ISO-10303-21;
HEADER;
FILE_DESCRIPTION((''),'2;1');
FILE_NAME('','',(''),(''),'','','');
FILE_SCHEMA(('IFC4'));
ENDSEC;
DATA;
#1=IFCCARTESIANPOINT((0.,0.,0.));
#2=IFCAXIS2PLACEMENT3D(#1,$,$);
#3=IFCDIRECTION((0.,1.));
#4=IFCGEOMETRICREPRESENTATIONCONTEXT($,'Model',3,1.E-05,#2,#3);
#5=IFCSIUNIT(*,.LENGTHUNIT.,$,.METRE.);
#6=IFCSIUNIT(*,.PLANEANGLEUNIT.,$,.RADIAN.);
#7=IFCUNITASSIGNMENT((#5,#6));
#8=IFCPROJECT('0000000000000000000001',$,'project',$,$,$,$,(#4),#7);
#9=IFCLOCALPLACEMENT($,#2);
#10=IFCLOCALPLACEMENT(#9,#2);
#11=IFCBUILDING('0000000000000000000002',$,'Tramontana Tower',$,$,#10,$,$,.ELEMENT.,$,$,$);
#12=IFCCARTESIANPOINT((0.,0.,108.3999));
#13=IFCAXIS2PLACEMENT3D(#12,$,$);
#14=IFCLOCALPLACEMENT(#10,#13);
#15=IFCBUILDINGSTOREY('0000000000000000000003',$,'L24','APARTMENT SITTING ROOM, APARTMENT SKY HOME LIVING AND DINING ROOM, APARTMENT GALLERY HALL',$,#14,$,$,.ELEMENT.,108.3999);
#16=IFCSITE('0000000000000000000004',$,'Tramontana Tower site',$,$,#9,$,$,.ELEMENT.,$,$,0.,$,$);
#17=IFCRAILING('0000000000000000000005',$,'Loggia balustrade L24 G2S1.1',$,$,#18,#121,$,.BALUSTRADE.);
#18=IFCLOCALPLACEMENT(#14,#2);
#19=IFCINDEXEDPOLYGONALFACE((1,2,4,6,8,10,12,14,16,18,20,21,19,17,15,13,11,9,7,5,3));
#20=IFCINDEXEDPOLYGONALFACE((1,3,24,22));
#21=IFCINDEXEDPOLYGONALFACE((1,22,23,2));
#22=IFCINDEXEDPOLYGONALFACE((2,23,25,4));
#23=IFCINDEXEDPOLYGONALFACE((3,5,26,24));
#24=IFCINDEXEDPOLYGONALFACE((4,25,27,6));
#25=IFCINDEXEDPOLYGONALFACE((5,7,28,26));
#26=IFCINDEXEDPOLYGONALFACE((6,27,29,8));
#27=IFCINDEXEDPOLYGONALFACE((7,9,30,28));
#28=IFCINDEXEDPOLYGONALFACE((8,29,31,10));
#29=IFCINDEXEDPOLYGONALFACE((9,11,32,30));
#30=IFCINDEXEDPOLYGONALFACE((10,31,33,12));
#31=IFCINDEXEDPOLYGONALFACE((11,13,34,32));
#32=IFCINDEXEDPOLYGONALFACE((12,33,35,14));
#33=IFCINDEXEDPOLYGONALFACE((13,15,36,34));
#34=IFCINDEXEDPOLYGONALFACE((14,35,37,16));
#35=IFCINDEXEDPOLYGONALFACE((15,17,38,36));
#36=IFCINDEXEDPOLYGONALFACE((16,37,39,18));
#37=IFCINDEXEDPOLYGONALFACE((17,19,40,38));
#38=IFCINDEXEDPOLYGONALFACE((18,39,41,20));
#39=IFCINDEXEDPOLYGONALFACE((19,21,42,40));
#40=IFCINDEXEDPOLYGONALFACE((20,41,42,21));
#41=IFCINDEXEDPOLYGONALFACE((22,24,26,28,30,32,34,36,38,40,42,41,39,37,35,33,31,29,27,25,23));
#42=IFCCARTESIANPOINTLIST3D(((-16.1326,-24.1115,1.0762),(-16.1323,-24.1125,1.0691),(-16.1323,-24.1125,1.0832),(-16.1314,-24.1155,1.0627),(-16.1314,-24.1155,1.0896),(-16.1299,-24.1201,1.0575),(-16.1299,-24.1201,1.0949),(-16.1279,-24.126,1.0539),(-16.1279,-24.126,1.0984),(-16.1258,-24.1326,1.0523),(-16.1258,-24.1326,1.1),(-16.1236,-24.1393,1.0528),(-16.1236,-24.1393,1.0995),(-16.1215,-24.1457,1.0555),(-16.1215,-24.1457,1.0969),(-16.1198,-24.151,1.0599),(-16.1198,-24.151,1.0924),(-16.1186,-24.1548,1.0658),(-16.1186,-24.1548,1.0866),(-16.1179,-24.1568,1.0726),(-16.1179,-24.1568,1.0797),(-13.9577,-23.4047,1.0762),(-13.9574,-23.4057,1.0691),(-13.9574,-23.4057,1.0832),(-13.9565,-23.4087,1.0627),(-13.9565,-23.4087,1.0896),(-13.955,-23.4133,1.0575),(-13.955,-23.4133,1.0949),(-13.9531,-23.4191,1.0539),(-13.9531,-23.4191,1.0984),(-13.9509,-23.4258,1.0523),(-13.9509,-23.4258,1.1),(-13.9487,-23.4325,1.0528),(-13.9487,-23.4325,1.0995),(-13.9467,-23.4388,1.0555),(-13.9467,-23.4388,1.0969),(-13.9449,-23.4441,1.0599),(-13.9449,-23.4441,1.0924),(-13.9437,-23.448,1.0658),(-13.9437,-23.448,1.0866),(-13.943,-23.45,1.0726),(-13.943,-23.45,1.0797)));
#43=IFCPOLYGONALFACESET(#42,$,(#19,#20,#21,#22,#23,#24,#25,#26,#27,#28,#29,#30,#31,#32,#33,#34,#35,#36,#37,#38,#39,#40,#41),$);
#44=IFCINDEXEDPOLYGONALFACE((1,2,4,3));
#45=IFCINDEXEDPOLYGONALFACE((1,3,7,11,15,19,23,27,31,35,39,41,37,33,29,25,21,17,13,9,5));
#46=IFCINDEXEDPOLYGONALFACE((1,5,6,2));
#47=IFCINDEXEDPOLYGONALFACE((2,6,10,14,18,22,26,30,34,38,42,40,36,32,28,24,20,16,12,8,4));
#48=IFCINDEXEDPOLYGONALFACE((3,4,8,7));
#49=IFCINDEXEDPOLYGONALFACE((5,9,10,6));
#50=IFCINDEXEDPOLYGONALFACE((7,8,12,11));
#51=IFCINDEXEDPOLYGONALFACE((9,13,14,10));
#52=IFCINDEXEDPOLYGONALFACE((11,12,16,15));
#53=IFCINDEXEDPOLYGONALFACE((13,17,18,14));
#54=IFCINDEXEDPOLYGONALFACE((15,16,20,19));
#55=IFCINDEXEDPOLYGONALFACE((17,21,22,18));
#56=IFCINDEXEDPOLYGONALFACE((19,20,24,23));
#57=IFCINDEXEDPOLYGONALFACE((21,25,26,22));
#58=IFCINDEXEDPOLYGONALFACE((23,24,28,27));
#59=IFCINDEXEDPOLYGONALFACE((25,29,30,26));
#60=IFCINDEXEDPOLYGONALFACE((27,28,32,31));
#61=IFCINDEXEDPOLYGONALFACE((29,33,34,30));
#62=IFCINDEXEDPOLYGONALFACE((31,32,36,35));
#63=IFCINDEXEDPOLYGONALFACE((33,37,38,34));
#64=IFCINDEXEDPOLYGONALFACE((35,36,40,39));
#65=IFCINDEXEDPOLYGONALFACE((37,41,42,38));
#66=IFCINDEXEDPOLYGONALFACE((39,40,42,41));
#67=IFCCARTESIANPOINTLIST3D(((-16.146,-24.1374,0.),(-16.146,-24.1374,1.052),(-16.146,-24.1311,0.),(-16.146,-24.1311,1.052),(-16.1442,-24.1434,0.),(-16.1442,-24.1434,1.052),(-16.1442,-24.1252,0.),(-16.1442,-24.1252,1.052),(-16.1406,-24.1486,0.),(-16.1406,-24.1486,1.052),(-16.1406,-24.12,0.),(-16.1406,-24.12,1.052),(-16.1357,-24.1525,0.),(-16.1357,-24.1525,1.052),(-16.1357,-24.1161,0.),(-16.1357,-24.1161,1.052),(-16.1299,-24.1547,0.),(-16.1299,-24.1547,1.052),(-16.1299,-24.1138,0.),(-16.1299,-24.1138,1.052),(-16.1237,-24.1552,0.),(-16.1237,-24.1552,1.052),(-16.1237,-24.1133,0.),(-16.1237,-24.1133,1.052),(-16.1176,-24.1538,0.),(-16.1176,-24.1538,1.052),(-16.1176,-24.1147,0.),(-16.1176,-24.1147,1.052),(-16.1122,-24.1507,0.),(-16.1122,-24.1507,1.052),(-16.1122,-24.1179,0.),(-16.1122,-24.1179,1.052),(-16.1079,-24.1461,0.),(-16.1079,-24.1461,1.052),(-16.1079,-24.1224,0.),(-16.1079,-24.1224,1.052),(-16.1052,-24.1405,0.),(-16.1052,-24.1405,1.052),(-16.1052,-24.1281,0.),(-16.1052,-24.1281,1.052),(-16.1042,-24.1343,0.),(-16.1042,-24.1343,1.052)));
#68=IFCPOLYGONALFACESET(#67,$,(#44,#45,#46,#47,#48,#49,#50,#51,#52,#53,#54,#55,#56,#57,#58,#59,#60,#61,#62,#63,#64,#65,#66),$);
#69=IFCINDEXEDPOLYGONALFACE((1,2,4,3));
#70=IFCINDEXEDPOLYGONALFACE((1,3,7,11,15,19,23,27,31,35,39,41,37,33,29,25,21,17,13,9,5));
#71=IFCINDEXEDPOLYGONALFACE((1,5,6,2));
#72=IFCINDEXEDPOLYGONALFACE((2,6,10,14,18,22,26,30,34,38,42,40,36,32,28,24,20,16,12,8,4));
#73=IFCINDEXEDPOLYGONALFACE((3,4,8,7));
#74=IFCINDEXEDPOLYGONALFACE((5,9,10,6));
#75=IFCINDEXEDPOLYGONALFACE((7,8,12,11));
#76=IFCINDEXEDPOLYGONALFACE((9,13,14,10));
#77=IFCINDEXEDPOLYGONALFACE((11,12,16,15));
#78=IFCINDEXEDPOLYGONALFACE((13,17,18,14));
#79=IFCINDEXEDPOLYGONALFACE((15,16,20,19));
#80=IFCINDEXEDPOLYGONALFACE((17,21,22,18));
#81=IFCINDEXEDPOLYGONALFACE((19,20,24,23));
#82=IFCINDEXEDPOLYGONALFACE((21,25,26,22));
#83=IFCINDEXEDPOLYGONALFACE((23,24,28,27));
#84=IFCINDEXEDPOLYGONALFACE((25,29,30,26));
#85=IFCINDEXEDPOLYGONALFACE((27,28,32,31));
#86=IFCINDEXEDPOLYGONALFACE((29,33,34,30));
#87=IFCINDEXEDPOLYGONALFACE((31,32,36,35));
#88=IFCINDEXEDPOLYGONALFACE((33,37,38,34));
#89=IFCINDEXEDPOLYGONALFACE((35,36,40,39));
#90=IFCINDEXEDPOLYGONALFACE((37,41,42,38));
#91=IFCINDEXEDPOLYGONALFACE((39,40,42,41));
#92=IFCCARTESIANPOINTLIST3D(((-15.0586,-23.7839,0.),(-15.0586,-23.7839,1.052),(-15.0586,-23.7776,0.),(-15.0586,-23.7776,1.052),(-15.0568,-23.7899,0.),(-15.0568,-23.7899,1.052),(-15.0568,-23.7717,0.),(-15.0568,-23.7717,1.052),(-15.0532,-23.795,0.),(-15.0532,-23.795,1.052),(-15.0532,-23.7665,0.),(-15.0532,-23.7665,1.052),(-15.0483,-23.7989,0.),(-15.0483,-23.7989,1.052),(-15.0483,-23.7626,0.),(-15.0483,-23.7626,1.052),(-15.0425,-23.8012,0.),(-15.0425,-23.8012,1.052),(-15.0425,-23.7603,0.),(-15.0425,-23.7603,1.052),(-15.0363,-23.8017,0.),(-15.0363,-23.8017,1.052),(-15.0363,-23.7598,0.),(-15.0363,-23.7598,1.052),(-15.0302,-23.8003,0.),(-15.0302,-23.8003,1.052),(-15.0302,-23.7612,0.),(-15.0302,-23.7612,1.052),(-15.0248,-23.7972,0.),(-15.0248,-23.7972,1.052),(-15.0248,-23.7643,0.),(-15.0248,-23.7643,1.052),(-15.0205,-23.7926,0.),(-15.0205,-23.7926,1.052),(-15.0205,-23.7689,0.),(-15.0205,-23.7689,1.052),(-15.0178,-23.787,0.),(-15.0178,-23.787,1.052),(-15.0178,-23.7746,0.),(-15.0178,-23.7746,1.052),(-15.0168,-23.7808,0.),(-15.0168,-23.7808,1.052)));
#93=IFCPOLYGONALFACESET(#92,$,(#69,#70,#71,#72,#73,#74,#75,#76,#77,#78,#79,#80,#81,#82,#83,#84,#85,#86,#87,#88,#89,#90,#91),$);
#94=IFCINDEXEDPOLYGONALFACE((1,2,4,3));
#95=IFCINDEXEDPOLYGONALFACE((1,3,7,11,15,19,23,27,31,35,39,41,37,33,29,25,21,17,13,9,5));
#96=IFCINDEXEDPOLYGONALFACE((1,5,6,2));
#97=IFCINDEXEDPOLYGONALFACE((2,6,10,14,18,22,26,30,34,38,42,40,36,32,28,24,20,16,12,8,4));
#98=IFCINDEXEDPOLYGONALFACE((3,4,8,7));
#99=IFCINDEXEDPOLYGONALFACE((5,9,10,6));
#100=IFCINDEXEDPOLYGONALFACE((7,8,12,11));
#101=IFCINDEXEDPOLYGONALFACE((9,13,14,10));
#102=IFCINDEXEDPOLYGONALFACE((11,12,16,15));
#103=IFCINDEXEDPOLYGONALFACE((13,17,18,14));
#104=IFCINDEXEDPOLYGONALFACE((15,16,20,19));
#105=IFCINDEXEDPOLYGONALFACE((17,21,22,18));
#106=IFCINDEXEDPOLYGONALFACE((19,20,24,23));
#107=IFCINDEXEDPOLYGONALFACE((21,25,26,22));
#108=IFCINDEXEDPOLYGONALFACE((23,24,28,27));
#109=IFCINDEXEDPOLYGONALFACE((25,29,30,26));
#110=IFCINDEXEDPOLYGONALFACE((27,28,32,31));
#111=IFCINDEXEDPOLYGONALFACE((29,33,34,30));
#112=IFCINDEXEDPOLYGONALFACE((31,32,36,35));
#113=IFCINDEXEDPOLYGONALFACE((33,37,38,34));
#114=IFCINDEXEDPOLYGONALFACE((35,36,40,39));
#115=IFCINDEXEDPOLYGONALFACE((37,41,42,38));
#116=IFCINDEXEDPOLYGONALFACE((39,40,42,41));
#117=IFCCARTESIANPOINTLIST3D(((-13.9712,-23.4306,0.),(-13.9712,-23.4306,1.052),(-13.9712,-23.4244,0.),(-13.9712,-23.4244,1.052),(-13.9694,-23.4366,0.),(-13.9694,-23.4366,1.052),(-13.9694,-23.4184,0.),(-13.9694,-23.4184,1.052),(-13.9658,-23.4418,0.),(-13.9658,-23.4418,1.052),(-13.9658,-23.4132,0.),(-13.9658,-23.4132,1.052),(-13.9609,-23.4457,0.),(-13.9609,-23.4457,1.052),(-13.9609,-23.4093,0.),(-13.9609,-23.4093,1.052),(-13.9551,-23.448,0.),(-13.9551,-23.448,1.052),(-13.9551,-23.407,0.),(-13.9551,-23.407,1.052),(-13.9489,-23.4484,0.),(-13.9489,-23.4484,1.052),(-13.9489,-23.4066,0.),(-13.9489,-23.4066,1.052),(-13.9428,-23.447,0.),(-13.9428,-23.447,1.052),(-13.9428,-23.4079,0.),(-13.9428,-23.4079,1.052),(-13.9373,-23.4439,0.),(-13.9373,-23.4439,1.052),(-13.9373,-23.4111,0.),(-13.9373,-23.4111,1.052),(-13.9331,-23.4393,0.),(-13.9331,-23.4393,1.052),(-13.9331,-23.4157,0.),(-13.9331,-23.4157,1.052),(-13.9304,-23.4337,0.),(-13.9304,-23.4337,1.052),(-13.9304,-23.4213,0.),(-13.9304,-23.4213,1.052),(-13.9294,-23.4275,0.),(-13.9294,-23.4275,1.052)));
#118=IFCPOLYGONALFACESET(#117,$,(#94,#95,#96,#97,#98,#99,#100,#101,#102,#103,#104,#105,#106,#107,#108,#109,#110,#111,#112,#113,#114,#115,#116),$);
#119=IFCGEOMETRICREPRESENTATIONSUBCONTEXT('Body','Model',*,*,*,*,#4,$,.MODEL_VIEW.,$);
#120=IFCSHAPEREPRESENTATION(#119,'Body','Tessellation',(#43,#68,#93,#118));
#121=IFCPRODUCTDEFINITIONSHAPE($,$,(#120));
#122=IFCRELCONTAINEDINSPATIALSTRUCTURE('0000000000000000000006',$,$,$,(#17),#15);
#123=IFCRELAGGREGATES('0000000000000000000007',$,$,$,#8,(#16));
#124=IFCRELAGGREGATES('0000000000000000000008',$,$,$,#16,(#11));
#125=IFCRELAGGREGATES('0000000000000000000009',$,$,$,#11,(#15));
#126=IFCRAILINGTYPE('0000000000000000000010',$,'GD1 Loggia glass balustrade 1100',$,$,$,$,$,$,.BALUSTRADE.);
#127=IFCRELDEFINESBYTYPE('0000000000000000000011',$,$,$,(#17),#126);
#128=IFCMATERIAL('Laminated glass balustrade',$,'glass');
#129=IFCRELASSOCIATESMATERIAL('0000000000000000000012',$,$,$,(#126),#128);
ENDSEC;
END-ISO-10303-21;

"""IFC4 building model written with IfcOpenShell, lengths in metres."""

from ifc_helpers import new_model, si_unit, direction, frame, origin, origin_2d, place, context, subcontext, project, spatial, circle, extrude, material, type_object, element, save


model = new_model("IFC4")

# Units and contexts
model_context = context("Model", 3, precision=1e-05, world=origin(), true_north=direction((0.0, 1.0)))
body_context = subcontext(model_context, "Body", "Model", "MODEL_VIEW")
ifc_project = project(units=[si_unit("LENGTHUNIT", "METRE"), si_unit("PLANEANGLEUNIT", "RADIAN")], contexts=[model_context])

# Site, building, storey
site_placement = place(None, origin())
site = spatial("IfcSite", under=ifc_project, at=site_placement, Name="Tramontana Tower site", CompositionType="ELEMENT", RefElevation=0.0)
building_placement = place(site_placement, origin())
building = spatial("IfcBuilding", under=site, at=building_placement, Name="Tramontana Tower", CompositionType="ELEMENT")
storey_placement = place(building_placement, frame((0.0, 0.0, 108.3999)))
storey = spatial("IfcBuildingStorey", under=building, at=storey_placement, Name="L24", Description="APARTMENT SITTING ROOM, APARTMENT SKY HOME LIVING AND DINING ROOM, APARTMENT GALLERY HALL", CompositionType="ELEMENT", Elevation=108.3999)

# Railing
ifc_material_1 = material(Name="Laminated glass balustrade", Category="glass")
railing_type = type_object("IfcRailingType", Name="GD1 Loggia glass balustrade 1100", PredefinedType="BALUSTRADE", material=ifc_material_1)
railing_1_placement = place(storey_placement, frame((-16.1252, -24.1343, 0.0)))
element("IfcRailing", 1, at=railing_1_placement, inside=storey, type_object=railing_type, Name="Loggia balustrade L24 G2S1.1", PredefinedType="BALUSTRADE", context=body_context, shape_type="SweptSolid", body=[
    extrude(circle(Radius=0.0239, at=origin_2d()), frame((0.0, 0.0, 1.0762), z_axis=(0.951037, 0.309076, 0.0), x_axis=(-0.309076, 0.951037, 0.0)), (0.0, 0.0, 1.0), 2.2869),
    extrude(circle(Radius=0.021, at=origin_2d()), origin(), (0.0, 0.0, 1.0), 1.052),
    extrude(circle(Radius=0.021, at=origin_2d()), frame((1.0874, 0.3535, 0.0)), (0.0, 0.0, 1.0), 1.052),
    extrude(circle(Radius=0.021, at=origin_2d()), frame((2.1748, 0.7068, 0.0)), (0.0, 0.0, 1.0), 1.052),
])

save(model, "model.ifc")
